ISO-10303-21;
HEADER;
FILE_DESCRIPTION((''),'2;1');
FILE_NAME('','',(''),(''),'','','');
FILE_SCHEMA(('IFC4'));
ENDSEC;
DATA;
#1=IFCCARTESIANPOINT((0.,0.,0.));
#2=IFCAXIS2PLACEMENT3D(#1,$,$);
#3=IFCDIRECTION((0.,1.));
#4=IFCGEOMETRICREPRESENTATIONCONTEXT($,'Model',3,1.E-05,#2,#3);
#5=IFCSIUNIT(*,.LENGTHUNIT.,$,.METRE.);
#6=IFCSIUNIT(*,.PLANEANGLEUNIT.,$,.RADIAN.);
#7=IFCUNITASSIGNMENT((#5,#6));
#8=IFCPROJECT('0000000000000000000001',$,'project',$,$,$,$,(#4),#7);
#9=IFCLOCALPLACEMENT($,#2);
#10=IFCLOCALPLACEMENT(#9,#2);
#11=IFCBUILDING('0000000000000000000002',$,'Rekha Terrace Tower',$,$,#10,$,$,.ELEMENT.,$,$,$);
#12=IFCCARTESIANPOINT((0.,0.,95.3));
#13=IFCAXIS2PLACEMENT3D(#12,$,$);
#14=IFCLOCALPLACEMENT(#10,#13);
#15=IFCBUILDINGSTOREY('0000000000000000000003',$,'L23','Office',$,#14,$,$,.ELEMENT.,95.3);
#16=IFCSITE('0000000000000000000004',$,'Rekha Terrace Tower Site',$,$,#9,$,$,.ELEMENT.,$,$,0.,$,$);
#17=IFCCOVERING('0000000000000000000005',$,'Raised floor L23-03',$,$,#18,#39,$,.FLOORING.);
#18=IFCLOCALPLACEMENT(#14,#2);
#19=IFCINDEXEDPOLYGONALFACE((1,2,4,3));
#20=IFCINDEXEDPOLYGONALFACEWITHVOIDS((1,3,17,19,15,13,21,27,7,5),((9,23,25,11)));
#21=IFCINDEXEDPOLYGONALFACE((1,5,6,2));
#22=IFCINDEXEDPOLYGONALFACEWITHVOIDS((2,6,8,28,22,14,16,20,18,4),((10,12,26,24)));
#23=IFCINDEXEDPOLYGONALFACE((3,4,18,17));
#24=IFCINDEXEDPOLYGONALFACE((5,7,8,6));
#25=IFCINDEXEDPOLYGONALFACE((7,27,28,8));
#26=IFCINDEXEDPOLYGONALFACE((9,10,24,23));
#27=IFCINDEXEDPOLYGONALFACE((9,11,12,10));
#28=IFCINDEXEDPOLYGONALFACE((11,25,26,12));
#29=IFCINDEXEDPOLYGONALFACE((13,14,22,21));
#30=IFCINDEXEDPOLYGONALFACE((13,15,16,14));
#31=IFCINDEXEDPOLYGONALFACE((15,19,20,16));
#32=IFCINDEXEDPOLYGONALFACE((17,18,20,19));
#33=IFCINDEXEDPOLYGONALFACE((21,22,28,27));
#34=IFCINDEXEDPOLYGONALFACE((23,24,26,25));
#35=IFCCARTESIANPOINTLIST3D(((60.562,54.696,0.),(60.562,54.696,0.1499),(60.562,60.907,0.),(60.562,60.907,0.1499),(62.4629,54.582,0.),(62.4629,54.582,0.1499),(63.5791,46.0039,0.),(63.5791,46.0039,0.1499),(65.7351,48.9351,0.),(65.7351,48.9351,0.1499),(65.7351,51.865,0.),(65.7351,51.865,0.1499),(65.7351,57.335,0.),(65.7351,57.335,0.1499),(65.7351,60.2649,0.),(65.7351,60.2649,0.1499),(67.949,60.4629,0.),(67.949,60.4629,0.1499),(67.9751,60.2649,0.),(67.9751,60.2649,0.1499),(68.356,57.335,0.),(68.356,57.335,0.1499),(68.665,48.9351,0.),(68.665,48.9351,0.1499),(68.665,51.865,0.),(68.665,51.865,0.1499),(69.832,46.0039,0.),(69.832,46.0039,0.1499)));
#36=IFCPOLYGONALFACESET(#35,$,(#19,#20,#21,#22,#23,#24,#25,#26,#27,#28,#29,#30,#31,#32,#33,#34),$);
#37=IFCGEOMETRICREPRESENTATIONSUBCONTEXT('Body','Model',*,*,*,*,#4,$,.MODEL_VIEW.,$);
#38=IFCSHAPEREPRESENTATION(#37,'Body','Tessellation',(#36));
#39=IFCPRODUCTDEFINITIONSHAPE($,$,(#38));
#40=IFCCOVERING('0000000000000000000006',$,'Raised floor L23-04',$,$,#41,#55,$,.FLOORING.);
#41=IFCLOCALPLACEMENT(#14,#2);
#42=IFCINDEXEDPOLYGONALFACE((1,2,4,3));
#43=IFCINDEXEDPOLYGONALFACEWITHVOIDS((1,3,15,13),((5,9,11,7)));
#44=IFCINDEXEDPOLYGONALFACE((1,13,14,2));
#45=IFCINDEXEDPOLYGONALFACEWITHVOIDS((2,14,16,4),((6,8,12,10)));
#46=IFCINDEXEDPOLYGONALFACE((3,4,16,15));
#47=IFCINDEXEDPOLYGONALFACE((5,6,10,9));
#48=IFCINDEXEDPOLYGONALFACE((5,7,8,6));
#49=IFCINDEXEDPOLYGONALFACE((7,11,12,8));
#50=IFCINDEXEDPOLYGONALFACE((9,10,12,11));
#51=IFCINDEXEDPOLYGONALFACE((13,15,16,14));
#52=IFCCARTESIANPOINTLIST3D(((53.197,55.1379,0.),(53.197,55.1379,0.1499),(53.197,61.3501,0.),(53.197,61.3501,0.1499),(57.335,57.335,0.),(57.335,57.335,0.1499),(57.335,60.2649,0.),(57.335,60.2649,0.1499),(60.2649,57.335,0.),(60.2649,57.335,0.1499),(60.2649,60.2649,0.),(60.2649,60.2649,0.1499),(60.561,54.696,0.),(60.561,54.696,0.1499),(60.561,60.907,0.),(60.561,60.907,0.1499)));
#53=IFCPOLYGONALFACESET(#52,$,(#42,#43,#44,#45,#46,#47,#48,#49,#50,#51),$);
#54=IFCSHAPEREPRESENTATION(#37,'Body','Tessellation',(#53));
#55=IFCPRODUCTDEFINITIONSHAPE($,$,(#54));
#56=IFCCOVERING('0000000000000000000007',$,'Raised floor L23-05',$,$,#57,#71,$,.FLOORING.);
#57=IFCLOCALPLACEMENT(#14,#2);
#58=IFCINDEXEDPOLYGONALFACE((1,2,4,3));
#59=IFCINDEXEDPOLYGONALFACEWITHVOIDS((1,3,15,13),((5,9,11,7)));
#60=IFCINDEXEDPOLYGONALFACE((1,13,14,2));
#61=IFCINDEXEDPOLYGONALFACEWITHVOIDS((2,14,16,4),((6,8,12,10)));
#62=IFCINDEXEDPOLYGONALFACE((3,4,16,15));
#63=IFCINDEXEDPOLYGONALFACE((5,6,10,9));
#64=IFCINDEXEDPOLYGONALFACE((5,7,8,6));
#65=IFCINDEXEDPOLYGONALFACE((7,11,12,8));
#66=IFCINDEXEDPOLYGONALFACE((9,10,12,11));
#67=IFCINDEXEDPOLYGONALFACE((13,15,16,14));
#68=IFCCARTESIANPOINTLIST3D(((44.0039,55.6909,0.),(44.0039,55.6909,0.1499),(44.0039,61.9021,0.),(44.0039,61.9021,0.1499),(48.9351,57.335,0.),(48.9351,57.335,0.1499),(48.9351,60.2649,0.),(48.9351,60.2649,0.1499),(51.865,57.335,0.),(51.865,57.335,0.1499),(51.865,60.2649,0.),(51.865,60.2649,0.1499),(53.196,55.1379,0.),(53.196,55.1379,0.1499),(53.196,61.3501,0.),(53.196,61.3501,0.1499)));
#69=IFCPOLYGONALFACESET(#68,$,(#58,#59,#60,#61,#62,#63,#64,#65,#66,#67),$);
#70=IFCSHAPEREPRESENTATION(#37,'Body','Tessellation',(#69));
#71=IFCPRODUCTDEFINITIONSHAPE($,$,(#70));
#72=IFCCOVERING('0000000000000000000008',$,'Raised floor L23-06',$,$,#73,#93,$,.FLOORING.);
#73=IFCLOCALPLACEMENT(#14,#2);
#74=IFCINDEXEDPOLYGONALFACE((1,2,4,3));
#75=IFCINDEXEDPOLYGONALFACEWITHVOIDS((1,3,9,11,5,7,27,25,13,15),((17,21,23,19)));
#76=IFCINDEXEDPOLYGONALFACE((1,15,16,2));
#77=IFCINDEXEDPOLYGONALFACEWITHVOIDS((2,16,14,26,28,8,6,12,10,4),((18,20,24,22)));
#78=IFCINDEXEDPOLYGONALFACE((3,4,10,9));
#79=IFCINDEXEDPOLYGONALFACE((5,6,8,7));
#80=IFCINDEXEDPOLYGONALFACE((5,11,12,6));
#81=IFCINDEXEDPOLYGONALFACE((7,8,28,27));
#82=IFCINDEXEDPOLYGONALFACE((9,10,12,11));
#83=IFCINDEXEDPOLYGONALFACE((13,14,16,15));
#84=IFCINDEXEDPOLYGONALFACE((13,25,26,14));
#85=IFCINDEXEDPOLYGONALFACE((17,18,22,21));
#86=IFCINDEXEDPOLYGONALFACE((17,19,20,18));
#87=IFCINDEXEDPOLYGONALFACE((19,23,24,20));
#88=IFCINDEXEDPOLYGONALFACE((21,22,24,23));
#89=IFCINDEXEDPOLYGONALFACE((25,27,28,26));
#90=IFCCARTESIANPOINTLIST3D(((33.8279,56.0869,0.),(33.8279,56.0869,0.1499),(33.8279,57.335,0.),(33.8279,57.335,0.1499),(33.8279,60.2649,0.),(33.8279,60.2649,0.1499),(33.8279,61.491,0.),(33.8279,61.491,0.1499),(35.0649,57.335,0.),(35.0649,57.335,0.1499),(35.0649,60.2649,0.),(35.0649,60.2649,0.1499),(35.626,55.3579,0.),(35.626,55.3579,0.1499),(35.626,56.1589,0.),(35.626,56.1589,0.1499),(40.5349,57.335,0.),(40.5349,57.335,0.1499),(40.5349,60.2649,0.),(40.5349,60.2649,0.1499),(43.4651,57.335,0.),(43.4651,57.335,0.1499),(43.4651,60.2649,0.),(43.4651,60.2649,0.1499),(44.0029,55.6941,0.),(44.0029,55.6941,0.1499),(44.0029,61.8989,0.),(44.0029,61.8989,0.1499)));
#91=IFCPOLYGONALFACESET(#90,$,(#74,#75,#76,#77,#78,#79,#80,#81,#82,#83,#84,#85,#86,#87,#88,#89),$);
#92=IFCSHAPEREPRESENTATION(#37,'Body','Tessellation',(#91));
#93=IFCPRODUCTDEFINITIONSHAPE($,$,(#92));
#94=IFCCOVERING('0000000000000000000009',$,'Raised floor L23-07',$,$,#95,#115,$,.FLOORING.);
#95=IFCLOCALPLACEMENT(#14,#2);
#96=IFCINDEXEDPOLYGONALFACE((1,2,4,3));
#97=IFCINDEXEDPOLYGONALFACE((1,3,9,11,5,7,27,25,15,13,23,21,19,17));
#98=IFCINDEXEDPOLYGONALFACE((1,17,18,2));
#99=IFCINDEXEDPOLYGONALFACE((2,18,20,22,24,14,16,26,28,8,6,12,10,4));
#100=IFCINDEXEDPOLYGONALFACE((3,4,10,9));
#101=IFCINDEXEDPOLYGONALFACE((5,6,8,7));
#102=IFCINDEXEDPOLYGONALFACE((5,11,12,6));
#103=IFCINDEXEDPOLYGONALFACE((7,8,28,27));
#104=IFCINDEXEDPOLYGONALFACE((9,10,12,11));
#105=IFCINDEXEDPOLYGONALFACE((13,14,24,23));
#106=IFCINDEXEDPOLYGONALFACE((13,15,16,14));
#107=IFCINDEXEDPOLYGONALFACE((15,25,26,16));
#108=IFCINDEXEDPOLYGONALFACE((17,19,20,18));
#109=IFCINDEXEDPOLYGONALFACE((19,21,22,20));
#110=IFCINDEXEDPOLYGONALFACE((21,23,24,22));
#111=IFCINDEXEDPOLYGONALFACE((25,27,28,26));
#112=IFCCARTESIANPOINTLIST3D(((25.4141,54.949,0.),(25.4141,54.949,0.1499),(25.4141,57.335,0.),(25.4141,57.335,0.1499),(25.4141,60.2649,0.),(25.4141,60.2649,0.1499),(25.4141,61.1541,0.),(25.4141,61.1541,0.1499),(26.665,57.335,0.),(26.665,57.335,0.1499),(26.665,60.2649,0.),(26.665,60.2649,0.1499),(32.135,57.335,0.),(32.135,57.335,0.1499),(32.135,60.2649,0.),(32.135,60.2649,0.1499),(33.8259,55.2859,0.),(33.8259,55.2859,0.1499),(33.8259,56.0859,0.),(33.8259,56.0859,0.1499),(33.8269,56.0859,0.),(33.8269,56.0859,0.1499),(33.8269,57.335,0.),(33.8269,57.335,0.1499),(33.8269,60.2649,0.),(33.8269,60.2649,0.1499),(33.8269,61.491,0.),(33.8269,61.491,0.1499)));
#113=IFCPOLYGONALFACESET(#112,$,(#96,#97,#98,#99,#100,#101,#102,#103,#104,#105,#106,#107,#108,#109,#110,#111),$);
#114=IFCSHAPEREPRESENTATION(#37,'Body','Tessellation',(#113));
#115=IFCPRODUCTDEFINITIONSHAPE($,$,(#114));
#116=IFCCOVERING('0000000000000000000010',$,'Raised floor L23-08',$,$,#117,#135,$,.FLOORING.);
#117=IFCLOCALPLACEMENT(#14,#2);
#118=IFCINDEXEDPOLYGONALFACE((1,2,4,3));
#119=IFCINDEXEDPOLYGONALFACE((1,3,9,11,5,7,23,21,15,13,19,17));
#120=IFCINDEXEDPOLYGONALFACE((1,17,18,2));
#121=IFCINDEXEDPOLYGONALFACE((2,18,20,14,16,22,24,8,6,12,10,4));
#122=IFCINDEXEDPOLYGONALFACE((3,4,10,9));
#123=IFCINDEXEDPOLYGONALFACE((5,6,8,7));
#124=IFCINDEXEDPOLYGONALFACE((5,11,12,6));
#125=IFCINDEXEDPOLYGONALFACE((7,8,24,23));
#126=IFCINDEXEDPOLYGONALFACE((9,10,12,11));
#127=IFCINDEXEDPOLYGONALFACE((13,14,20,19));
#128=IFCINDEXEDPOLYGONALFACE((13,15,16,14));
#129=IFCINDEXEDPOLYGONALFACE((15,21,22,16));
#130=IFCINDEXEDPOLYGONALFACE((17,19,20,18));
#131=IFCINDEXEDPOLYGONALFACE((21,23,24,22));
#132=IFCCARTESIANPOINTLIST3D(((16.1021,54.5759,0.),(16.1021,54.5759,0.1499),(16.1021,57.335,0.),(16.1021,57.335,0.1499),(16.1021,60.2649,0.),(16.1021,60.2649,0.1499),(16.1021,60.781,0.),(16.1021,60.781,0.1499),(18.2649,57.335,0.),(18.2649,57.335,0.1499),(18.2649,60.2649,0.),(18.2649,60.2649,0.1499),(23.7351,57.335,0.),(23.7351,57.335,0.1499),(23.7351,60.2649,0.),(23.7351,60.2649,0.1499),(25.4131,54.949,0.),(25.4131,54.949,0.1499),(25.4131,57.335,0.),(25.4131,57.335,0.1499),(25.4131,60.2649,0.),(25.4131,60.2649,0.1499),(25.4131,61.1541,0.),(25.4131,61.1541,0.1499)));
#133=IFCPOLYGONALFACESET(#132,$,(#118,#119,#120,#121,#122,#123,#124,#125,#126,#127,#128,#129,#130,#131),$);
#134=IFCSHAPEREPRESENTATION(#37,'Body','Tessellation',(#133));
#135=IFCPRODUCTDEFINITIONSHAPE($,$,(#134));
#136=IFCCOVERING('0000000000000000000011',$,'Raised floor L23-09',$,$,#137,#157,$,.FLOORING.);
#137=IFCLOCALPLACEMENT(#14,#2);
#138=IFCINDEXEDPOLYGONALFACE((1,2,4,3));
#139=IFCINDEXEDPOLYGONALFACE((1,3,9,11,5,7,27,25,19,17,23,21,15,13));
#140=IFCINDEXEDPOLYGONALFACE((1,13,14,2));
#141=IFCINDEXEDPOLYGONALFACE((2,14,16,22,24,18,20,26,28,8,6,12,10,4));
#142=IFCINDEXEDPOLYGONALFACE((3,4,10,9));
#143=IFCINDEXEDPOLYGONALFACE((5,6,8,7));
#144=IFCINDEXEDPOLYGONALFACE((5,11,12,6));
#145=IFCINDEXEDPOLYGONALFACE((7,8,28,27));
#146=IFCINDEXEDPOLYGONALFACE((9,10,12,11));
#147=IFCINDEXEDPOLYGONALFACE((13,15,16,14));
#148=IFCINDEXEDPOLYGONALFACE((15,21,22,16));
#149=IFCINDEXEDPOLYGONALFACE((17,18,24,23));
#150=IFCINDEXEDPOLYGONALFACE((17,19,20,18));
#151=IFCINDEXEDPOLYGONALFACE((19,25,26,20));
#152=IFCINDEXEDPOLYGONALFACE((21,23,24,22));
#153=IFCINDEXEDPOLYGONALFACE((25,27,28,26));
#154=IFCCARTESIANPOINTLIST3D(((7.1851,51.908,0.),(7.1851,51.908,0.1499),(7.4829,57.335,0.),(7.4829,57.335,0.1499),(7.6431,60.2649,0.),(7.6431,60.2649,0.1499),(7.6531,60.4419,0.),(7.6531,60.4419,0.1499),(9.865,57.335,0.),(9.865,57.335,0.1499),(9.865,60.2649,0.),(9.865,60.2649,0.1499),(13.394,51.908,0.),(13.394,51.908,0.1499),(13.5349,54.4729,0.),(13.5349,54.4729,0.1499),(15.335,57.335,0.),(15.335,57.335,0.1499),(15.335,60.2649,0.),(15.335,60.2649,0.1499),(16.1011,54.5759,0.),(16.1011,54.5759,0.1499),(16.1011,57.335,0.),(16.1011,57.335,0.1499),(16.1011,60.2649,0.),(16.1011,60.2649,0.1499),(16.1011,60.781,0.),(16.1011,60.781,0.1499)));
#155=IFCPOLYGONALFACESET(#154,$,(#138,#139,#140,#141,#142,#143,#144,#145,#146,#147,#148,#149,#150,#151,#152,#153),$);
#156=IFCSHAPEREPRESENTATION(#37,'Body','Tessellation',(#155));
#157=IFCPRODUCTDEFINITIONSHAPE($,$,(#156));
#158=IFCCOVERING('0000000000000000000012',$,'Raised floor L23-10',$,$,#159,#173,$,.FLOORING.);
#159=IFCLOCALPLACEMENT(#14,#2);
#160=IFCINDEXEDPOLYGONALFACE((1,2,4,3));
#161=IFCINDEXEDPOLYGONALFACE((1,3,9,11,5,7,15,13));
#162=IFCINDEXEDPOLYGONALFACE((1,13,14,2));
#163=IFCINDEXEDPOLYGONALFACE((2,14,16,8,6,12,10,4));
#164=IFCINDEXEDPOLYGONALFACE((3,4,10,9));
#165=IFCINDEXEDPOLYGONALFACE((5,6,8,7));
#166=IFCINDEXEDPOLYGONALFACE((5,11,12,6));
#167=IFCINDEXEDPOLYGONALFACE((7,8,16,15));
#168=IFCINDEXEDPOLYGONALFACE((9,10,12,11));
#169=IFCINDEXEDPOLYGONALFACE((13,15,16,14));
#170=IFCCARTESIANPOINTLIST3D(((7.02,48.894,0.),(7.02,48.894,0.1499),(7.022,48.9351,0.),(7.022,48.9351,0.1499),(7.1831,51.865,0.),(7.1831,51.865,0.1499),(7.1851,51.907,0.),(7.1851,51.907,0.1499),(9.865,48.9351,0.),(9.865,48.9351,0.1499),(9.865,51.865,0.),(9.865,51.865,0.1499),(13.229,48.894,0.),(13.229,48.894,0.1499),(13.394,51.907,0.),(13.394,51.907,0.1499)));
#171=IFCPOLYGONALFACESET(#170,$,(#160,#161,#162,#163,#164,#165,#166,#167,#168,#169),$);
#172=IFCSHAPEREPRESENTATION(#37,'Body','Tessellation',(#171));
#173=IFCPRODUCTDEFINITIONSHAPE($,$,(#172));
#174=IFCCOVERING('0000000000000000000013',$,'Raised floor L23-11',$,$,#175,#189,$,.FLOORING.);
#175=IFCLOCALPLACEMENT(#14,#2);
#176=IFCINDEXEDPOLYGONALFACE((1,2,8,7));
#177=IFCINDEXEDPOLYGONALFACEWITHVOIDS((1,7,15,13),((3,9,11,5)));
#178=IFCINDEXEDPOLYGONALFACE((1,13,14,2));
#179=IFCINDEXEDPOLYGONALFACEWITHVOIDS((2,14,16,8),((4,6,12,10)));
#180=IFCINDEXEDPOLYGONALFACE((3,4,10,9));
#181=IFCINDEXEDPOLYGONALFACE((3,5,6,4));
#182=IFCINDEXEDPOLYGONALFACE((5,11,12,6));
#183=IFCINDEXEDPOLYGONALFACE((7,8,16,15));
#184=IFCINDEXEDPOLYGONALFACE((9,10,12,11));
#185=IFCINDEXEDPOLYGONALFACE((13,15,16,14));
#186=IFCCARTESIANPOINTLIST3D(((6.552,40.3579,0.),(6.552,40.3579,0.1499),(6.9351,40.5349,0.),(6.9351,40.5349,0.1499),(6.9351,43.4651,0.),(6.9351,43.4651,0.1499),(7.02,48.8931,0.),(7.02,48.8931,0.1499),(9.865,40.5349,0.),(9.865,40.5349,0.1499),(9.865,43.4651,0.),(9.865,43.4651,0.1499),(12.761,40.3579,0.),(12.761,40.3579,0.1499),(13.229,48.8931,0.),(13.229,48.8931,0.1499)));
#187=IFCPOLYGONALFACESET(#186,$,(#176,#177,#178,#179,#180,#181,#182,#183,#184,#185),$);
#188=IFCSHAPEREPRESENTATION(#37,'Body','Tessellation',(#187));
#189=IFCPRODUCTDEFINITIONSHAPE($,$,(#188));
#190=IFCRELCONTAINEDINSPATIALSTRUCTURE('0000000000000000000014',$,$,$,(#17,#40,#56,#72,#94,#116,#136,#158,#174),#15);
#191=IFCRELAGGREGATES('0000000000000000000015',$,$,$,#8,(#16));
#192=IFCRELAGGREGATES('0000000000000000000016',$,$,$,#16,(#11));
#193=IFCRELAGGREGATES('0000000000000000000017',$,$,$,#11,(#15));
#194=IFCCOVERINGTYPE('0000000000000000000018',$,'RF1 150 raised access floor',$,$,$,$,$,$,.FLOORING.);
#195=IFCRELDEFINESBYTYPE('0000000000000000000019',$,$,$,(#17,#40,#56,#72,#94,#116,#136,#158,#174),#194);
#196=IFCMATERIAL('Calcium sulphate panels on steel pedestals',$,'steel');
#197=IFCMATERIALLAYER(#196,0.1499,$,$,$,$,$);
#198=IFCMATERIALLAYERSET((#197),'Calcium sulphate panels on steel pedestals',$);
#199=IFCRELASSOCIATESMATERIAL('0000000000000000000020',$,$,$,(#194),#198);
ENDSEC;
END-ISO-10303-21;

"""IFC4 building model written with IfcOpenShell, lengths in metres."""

from ifc_helpers import new_model, si_unit, direction, frame, origin, place, context, subcontext, project, spatial, polyline, outline, extrude, material, layer, layer_set, type_object, element, save


model = new_model("IFC4")

# Units and contexts
model_context = context("Model", 3, precision=1e-05, world=origin(), true_north=direction((0.0, 1.0)))
body_context = subcontext(model_context, "Body", "Model", "MODEL_VIEW")
ifc_project = project(units=[si_unit("LENGTHUNIT", "METRE"), si_unit("PLANEANGLEUNIT", "RADIAN")], contexts=[model_context])

# Site, building, storey
site_placement = place(None, origin())
site = spatial("IfcSite", under=ifc_project, at=site_placement, Name="Rekha Terrace Tower Site", CompositionType="ELEMENT", RefElevation=0.0)
building_placement = place(site_placement, origin())
building = spatial("IfcBuilding", under=site, at=building_placement, Name="Rekha Terrace Tower", CompositionType="ELEMENT")
storey_placement = place(building_placement, frame((0.0, 0.0, 95.3)))
storey = spatial("IfcBuildingStorey", under=building, at=storey_placement, Name="L23", Description="Office", CompositionType="ELEMENT", Elevation=95.3)

# Coverings
ifc_material_1 = material(Name="Calcium sulphate panels on steel pedestals", Category="steel")
ifc_layer_1 = layer(ifc_material_1, 0.1499)
ifc_layer_set_1 = layer_set([ifc_layer_1], Name="Calcium sulphate panels on steel pedestals")
covering_type_1 = type_object("IfcCoveringType", Name="RF1 150 raised access floor", PredefinedType="FLOORING", material=ifc_layer_set_1)
covering_1_placement = place(storey_placement, origin())
element("IfcCovering", 1, at=covering_1_placement, inside=storey, type_object=covering_type_1, Name="Raised floor L23-03", PredefinedType="FLOORING", context=body_context, shape_type="SweptSolid", body=[
    extrude(outline(polyline([(67.949, 60.4629), (60.562, 60.907), (60.562, 54.696), (62.4629, 54.582), (63.5791, 46.0039), (69.832, 46.0039), (68.356, 57.335), (65.7351, 57.335), (65.7351, 60.2649), (67.9751, 60.2649), (67.949, 60.4629)]), holes=[polyline([(68.665, 48.9351), (65.7351, 48.9351), (65.7351, 51.865), (68.665, 51.865), (68.665, 48.9351)])]), origin(), (0.0, 0.0, 1.0), 0.1499),
])
covering_2_placement = place(storey_placement, origin())
element("IfcCovering", 2, at=covering_2_placement, inside=storey, type_object=covering_type_1, Name="Raised floor L23-04", PredefinedType="FLOORING", context=body_context, shape_type="SweptSolid", body=[
    extrude(outline(polyline([(60.561, 54.696), (60.561, 60.907), (53.197, 61.3501), (53.197, 55.1379), (60.561, 54.696)]), holes=[polyline([(60.2649, 57.335), (57.335, 57.335), (57.335, 60.2649), (60.2649, 60.2649), (60.2649, 57.335)])]), origin(), (0.0, 0.0, 1.0), 0.1499),
])
covering_3_placement = place(storey_placement, origin())
element("IfcCovering", 3, at=covering_3_placement, inside=storey, type_object=covering_type_1, Name="Raised floor L23-05", PredefinedType="FLOORING", context=body_context, shape_type="SweptSolid", body=[
    extrude(outline(polyline([(53.196, 55.1379), (53.196, 61.3501), (44.0039, 61.9021), (44.0039, 55.6909), (53.196, 55.1379)]), holes=[polyline([(51.865, 57.335), (48.9351, 57.335), (48.9351, 60.2649), (51.865, 60.2649), (51.865, 57.335)])]), origin(), (0.0, 0.0, 1.0), 0.1499),
])
covering_4_placement = place(storey_placement, origin())
element("IfcCovering", 4, at=covering_4_placement, inside=storey, type_object=covering_type_1, Name="Raised floor L23-06", PredefinedType="FLOORING", context=body_context, shape_type="SweptSolid", body=[
    extrude(outline(polyline([(33.8279, 56.0869), (35.626, 56.1589), (35.626, 55.3579), (44.0029, 55.6941), (44.0029, 61.8989), (33.8279, 61.491), (33.8279, 60.2649), (35.0649, 60.2649), (35.0649, 57.335), (33.8279, 57.335), (33.8279, 56.0869)]), holes=[polyline([(43.4651, 57.335), (40.5349, 57.335), (40.5349, 60.2649), (43.4651, 60.2649), (43.4651, 57.335)])]), origin(), (0.0, 0.0, 1.0), 0.1499),
])
covering_5_placement = place(storey_placement, origin())
element("IfcCovering", 5, at=covering_5_placement, inside=storey, type_object=covering_type_1, Name="Raised floor L23-07", PredefinedType="FLOORING", context=body_context, shape_type="SweptSolid", body=[
    extrude(outline(polyline([(25.4141, 57.335), (25.4141, 54.949), (33.8259, 55.2859), (33.8259, 56.0859), (33.8269, 56.0859), (33.8269, 57.335), (32.135, 57.335), (32.135, 60.2649), (33.8269, 60.2649), (33.8269, 61.491), (25.4141, 61.1541), (25.4141, 60.2649), (26.665, 60.2649), (26.665, 57.335), (25.4141, 57.335)])), origin(), (0.0, 0.0, 1.0), 0.1499),
])
covering_6_placement = place(storey_placement, origin())
element("IfcCovering", 6, at=covering_6_placement, inside=storey, type_object=covering_type_1, Name="Raised floor L23-08", PredefinedType="FLOORING", context=body_context, shape_type="SweptSolid", body=[
    extrude(outline(polyline([(25.4131, 60.2649), (25.4131, 61.1541), (16.1021, 60.781), (16.1021, 60.2649), (18.2649, 60.2649), (18.2649, 57.335), (16.1021, 57.335), (16.1021, 54.5759), (25.4131, 54.949), (25.4131, 57.335), (23.7351, 57.335), (23.7351, 60.2649), (25.4131, 60.2649)])), origin(), (0.0, 0.0, 1.0), 0.1499),
])
covering_7_placement = place(storey_placement, origin())
element("IfcCovering", 7, at=covering_7_placement, inside=storey, type_object=covering_type_1, Name="Raised floor L23-09", PredefinedType="FLOORING", context=body_context, shape_type="SweptSolid", body=[
    extrude(outline(polyline([(7.4829, 57.335), (7.1851, 51.908), (13.394, 51.908), (13.5349, 54.4729), (16.1011, 54.5759), (16.1011, 57.335), (15.335, 57.335), (15.335, 60.2649), (16.1011, 60.2649), (16.1011, 60.781), (7.6531, 60.4419), (7.6431, 60.2649), (9.865, 60.2649), (9.865, 57.335), (7.4829, 57.335)])), origin(), (0.0, 0.0, 1.0), 0.1499),
])
covering_8_placement = place(storey_placement, origin())
element("IfcCovering", 8, at=covering_8_placement, inside=storey, type_object=covering_type_1, Name="Raised floor L23-10", PredefinedType="FLOORING", context=body_context, shape_type="SweptSolid", body=[
    extrude(outline(polyline([(9.865, 48.9351), (7.022, 48.9351), (7.02, 48.894), (13.229, 48.894), (13.394, 51.907), (7.1851, 51.907), (7.1831, 51.865), (9.865, 51.865), (9.865, 48.9351)])), origin(), (0.0, 0.0, 1.0), 0.1499),
])
covering_9_placement = place(storey_placement, origin())
element("IfcCovering", 9, at=covering_9_placement, inside=storey, type_object=covering_type_1, Name="Raised floor L23-11", PredefinedType="FLOORING", context=body_context, shape_type="SweptSolid", body=[
    extrude(outline(polyline([(13.229, 48.8931), (7.02, 48.8931), (6.552, 40.3579), (12.761, 40.3579), (13.229, 48.8931)]), holes=[polyline([(9.865, 40.5349), (6.9351, 40.5349), (6.9351, 43.4651), (9.865, 43.4651), (9.865, 40.5349)])]), origin(), (0.0, 0.0, 1.0), 0.1499),
])

save(model, "model.ifc")
